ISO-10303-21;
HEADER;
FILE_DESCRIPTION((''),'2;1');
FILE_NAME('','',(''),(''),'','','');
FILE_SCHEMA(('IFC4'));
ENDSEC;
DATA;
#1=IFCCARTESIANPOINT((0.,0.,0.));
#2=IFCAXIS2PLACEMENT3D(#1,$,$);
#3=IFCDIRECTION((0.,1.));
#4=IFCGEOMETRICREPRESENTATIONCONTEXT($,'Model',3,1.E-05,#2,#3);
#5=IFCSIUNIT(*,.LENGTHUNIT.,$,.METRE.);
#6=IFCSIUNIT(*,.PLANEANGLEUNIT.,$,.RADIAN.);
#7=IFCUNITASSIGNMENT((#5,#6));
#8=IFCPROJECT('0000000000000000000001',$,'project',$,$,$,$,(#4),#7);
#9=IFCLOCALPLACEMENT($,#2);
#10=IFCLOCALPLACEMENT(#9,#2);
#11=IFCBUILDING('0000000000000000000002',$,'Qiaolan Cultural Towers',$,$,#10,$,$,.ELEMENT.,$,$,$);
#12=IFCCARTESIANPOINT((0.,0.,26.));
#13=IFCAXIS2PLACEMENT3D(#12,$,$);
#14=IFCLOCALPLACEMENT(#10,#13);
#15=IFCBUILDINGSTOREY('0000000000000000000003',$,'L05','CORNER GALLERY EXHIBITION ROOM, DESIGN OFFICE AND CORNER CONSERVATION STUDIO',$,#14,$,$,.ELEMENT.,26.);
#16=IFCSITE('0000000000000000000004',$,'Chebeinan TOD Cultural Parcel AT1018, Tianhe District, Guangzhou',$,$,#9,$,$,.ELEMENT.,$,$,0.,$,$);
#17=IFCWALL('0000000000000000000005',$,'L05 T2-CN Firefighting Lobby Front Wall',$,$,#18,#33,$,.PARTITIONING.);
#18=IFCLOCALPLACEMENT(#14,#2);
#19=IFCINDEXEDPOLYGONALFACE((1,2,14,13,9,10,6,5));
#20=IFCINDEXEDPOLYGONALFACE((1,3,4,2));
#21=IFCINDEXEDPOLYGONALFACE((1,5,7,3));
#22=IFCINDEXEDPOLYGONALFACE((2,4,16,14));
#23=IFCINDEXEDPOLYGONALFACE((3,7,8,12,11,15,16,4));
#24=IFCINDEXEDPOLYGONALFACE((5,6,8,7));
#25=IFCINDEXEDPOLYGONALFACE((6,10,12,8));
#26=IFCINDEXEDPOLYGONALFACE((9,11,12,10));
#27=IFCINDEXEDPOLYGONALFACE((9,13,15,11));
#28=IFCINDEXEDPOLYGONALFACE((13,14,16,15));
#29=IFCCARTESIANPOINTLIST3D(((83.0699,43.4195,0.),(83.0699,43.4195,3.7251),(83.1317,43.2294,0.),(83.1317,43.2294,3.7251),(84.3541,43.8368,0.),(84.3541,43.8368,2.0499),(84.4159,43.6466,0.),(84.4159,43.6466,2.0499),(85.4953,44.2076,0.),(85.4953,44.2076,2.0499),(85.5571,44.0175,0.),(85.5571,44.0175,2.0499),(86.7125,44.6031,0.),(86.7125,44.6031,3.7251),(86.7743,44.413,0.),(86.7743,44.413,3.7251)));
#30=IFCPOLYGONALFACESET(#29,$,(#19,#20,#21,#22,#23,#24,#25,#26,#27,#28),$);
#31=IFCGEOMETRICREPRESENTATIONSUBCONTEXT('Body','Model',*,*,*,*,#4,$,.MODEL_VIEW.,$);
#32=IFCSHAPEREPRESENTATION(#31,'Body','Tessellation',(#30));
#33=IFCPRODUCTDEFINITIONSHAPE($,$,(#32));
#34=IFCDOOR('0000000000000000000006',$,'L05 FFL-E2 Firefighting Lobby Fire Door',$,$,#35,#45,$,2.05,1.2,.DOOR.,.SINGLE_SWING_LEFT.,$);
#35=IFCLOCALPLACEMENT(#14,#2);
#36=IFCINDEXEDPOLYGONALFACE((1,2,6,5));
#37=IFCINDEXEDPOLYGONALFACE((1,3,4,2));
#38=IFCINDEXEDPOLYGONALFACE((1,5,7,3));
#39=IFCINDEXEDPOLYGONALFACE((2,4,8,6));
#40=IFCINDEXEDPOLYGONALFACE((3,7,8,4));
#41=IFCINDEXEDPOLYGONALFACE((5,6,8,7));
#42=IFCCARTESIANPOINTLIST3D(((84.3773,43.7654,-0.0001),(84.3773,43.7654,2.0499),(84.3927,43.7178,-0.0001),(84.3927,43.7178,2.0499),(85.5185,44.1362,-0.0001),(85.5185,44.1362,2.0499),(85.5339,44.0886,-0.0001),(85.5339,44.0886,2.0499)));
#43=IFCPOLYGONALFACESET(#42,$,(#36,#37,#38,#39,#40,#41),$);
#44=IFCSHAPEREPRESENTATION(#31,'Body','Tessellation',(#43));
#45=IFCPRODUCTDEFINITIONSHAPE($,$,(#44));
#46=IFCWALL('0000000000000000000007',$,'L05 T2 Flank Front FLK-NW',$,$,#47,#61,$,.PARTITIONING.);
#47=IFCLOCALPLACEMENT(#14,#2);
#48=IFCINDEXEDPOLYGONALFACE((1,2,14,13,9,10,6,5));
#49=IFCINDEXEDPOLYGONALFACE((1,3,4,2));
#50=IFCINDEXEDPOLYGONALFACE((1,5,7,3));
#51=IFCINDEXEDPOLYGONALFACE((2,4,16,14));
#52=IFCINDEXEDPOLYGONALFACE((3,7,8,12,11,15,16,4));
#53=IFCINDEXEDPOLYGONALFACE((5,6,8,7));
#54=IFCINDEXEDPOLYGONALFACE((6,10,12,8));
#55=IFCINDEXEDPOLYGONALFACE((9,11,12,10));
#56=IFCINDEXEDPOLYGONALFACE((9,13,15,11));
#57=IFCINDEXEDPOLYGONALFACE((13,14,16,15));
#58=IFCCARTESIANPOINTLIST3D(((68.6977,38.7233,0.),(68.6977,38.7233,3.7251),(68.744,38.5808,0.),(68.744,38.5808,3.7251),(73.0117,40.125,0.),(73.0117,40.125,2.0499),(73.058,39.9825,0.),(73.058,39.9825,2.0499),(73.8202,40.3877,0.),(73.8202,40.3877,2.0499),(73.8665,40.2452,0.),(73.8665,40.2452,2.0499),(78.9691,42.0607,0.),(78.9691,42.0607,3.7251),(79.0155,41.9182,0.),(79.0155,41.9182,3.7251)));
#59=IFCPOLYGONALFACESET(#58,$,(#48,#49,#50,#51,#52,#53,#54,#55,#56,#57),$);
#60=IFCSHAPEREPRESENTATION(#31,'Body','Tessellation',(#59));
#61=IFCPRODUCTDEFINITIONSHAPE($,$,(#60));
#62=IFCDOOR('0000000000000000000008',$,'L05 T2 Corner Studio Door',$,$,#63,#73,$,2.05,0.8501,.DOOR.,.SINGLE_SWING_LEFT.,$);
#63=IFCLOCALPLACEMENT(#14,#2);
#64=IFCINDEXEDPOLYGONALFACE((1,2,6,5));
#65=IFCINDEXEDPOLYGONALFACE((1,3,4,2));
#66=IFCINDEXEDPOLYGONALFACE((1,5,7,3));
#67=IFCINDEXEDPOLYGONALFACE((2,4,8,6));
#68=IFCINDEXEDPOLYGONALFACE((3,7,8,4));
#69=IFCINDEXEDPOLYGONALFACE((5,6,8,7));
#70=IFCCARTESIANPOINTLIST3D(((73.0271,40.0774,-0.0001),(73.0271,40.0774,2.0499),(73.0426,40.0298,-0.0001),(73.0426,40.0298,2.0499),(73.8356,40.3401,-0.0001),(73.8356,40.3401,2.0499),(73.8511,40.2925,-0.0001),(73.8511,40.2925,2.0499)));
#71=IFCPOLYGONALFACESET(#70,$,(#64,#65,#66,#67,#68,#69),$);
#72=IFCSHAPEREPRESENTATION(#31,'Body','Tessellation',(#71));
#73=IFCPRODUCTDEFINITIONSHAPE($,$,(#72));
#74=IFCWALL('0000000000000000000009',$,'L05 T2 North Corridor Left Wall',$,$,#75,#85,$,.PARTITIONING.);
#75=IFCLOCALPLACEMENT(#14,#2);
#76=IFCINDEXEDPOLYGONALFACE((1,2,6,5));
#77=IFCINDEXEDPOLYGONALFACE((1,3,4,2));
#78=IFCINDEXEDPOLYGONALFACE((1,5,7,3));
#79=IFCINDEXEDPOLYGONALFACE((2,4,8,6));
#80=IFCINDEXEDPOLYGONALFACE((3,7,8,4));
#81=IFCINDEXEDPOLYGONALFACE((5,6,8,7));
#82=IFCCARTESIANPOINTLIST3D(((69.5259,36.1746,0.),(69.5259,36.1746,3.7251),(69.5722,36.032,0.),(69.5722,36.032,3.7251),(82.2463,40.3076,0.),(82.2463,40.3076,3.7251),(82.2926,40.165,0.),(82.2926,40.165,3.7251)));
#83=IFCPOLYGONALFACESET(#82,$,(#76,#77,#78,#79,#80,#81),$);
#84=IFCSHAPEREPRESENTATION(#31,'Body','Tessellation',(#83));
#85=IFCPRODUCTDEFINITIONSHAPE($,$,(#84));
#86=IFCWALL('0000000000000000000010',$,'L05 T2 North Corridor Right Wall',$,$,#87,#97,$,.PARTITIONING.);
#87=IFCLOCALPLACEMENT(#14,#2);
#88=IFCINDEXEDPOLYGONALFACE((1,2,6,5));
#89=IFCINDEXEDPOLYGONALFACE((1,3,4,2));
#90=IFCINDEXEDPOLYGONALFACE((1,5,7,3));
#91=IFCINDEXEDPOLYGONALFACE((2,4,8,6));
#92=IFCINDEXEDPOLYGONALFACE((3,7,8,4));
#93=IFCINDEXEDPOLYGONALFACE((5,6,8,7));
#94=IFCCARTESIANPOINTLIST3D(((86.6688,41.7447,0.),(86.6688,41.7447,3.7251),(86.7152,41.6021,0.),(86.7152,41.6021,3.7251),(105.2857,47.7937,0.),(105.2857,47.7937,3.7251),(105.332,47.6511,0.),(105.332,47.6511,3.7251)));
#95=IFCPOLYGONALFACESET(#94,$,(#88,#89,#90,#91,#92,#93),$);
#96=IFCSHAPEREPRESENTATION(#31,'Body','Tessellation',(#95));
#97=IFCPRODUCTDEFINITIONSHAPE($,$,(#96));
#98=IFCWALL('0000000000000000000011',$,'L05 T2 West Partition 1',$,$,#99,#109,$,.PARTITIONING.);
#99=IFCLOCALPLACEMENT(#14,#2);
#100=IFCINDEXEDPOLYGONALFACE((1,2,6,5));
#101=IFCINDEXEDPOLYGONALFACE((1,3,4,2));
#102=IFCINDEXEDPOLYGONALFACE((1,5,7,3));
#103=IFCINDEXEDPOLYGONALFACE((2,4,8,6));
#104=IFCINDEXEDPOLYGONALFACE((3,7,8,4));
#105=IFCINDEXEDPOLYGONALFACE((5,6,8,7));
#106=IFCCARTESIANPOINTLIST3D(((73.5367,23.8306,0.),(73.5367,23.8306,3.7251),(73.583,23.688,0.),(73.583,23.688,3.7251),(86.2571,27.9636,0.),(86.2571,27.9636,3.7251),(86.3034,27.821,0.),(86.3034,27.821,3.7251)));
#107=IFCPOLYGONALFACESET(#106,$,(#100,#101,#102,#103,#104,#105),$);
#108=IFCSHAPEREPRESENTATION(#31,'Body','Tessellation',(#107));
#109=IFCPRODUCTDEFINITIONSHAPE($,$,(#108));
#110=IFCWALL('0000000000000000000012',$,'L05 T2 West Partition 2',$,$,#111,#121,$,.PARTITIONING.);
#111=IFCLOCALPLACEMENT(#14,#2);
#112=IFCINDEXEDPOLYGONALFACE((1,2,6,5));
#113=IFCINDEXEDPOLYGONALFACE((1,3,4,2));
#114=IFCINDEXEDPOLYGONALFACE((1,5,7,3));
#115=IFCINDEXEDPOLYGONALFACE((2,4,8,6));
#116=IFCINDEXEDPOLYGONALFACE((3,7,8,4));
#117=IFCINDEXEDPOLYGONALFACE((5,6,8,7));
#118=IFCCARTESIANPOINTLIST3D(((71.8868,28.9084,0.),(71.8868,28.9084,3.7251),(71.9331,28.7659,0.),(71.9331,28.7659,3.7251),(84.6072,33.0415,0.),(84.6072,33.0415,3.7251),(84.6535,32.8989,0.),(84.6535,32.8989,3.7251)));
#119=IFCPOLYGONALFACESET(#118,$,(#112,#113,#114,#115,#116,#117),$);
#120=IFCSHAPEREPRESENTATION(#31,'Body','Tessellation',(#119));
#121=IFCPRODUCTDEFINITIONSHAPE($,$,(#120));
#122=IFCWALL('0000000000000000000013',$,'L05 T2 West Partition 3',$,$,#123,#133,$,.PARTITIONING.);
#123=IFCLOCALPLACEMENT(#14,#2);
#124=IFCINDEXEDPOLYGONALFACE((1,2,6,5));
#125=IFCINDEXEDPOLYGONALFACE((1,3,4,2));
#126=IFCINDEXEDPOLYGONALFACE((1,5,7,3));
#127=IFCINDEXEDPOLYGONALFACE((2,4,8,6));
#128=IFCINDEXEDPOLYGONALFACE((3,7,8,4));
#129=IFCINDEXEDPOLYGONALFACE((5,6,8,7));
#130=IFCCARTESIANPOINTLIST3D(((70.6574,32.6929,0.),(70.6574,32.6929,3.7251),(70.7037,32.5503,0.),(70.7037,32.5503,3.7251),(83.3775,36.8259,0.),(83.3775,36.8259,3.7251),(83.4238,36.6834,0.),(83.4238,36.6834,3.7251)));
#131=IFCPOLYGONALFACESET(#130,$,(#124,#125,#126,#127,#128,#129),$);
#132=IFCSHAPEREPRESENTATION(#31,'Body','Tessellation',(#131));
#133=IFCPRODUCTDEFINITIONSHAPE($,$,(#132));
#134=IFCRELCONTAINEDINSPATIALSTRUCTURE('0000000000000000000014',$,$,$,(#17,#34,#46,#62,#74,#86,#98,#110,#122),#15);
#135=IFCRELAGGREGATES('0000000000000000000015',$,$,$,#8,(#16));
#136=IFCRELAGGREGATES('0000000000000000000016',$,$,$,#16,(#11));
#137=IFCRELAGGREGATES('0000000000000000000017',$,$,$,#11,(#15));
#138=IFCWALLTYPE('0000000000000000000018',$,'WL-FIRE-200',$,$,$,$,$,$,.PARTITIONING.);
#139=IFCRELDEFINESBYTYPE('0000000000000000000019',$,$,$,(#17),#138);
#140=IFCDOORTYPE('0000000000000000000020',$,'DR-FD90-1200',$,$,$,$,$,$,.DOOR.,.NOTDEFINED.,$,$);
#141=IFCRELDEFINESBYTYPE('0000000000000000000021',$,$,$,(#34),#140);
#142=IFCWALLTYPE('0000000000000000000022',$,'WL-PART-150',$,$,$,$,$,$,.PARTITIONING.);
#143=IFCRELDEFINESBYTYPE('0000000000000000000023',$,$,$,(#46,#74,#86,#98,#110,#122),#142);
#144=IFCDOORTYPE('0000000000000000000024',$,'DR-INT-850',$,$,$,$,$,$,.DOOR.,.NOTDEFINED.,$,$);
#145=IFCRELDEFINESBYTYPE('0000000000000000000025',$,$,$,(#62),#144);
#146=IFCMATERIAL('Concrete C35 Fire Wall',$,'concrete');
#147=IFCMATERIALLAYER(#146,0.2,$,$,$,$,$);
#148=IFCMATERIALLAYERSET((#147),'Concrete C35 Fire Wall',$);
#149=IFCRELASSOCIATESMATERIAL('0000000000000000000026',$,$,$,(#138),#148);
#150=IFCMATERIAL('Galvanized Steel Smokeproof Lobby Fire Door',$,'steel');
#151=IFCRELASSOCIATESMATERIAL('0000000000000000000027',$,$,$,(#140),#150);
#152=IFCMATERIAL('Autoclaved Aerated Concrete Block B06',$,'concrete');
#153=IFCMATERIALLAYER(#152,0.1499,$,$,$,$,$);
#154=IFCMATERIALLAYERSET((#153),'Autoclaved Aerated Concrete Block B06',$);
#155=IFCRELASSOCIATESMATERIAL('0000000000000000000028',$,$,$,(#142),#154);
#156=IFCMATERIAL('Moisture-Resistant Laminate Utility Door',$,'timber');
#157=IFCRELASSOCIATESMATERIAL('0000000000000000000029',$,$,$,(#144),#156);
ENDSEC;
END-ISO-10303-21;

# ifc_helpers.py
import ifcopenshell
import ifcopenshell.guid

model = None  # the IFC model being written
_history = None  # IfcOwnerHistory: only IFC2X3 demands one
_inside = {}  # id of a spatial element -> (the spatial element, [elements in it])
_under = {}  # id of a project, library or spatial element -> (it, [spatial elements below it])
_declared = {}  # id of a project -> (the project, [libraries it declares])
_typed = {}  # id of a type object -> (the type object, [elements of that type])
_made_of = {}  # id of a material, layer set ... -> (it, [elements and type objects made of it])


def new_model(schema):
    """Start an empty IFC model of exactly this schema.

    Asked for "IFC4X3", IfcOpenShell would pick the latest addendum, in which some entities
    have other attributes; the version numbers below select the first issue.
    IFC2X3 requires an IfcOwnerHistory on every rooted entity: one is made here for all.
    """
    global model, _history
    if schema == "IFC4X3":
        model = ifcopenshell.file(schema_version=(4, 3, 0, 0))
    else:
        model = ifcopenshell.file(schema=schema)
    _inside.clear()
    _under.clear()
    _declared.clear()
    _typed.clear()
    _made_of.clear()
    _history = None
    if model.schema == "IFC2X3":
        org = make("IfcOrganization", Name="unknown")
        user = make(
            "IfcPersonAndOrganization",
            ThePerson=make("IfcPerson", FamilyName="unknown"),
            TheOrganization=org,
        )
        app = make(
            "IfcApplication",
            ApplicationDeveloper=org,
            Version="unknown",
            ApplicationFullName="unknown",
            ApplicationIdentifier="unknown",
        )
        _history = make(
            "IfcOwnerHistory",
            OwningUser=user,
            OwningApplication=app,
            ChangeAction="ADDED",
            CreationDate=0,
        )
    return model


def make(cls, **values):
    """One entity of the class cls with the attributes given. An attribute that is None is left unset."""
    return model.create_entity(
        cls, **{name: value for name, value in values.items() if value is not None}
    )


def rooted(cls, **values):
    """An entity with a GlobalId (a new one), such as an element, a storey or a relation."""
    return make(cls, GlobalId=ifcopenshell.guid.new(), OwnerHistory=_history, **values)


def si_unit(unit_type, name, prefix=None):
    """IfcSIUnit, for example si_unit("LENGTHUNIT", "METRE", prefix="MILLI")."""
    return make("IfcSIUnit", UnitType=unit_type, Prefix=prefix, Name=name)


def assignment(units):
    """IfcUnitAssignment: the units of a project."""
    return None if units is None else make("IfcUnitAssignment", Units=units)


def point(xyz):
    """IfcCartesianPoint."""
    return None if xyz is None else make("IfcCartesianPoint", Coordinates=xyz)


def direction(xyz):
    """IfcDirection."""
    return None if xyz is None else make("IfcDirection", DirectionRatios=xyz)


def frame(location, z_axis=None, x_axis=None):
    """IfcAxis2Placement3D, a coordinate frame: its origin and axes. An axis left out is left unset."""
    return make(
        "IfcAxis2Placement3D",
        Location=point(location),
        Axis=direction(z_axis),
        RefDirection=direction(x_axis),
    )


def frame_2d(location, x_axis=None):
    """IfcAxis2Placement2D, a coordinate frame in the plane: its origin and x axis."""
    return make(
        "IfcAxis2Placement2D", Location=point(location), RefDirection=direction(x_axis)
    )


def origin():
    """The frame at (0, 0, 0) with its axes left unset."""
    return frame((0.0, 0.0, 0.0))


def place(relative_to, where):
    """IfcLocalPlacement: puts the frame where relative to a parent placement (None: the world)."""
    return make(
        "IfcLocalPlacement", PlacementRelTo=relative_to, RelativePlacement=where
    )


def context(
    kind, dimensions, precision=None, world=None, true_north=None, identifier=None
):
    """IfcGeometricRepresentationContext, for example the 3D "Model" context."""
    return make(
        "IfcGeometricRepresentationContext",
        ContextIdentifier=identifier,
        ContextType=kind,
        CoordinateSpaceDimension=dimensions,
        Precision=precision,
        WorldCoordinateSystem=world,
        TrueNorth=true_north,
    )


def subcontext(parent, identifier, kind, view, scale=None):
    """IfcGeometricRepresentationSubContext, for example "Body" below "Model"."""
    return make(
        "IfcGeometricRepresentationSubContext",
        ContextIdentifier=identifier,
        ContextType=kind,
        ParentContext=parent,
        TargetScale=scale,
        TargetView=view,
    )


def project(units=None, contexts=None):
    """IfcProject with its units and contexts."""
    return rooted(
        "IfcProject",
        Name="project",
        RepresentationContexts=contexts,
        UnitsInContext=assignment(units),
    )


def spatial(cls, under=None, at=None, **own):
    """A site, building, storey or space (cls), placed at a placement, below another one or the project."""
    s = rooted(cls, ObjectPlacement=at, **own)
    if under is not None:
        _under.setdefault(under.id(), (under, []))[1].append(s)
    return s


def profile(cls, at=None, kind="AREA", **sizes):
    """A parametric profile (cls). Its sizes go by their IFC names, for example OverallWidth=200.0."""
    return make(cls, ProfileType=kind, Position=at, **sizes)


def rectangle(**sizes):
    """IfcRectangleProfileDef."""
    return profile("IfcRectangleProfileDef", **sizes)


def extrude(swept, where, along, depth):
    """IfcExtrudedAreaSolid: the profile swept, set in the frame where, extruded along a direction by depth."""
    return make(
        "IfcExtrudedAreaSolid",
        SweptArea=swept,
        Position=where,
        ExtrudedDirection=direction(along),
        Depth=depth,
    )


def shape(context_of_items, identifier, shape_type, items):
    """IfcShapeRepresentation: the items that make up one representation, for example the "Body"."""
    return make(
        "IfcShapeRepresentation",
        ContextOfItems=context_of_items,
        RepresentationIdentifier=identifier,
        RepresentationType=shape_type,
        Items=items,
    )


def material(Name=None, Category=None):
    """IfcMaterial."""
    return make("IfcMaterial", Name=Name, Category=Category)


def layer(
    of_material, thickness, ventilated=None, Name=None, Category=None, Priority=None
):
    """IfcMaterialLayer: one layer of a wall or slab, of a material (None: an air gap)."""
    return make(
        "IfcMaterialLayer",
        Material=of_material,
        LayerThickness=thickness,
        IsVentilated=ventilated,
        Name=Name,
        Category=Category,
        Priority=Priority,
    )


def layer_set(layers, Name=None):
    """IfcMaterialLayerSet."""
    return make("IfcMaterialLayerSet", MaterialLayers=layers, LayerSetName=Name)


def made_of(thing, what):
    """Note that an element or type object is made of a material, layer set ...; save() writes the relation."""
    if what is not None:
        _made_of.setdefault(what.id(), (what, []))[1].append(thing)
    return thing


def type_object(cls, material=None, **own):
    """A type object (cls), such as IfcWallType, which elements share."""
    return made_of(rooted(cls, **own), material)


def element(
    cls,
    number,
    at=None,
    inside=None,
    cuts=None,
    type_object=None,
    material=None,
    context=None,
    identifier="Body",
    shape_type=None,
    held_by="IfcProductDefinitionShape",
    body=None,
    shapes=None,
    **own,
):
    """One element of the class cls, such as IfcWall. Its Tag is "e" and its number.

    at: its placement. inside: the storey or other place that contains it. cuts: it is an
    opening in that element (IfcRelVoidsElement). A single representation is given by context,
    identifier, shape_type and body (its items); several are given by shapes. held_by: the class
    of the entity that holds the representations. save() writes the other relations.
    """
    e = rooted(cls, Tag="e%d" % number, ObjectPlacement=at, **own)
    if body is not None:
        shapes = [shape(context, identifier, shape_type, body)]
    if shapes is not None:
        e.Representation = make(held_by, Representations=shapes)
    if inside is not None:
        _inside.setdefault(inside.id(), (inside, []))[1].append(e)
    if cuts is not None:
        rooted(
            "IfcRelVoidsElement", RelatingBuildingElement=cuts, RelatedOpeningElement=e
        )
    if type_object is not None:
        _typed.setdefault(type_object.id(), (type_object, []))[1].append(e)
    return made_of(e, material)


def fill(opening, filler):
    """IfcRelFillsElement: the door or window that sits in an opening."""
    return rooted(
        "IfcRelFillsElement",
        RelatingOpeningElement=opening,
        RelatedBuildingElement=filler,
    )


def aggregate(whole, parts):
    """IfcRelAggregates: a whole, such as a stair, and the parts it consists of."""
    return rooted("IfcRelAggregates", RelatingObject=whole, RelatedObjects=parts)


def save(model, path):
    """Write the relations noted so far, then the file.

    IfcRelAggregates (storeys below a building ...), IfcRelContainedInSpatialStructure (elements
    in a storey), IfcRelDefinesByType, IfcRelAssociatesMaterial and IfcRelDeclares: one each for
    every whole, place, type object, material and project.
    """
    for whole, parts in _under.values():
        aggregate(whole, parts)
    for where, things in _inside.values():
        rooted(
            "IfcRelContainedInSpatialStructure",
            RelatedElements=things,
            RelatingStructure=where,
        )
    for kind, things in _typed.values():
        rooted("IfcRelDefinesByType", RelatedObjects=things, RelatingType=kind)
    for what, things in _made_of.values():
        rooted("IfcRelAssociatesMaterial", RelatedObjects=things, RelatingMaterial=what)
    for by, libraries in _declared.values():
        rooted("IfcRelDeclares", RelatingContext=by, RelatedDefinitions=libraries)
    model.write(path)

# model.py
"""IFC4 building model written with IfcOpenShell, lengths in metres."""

from ifc_helpers import new_model, si_unit, direction, frame, frame_2d, origin, place, context, subcontext, project, spatial, rectangle, extrude, material, layer, layer_set, type_object, element, fill, save


model = new_model("IFC4")

# Units and contexts
model_context = context("Model", 3, precision=1e-05, world=origin(), true_north=direction((0.0, 1.0)))
body_context = subcontext(model_context, "Body", "Model", "MODEL_VIEW")
ifc_project = project(units=[si_unit("LENGTHUNIT", "METRE"), si_unit("PLANEANGLEUNIT", "RADIAN")], contexts=[model_context])

# Site, building, storey
site_placement = place(None, origin())
site = spatial("IfcSite", under=ifc_project, at=site_placement, Name="Chebeinan TOD Cultural Parcel AT1018, Tianhe District, Guangzhou", CompositionType="ELEMENT", RefElevation=0.0)
building_placement = place(site_placement, origin())
building = spatial("IfcBuilding", under=site, at=building_placement, Name="Qiaolan Cultural Towers", CompositionType="ELEMENT")
storey_placement = place(building_placement, frame((0.0, 0.0, 26.0)))
storey = spatial("IfcBuildingStorey", under=building, at=storey_placement, Name="L05", Description="CORNER GALLERY EXHIBITION ROOM, DESIGN OFFICE AND CORNER CONSERVATION STUDIO", CompositionType="ELEMENT", Elevation=26.0)

# Walls, openings, doors
ifc_material_1 = material(Name="Concrete C35 Fire Wall", Category="concrete")
ifc_layer_1 = layer(ifc_material_1, 0.2)
ifc_layer_set_1 = layer_set([ifc_layer_1], Name="Concrete C35 Fire Wall")
wall_type_1 = type_object("IfcWallType", Name="WL-FIRE-200", PredefinedType="PARTITIONING", material=ifc_layer_set_1)
wall_1_placement = place(storey_placement, frame((83.1008, 43.3245, 0.0), z_axis=(0.0, 0.0, 1.0), x_axis=(0.951053, 0.309028, 0.0)))
wall_1 = element("IfcWall", 1, at=wall_1_placement, inside=storey, type_object=wall_type_1, Name="L05 T2-CN Firefighting Lobby Front Wall", PredefinedType="PARTITIONING", context=body_context, shape_type="SweptSolid", body=[
    extrude(rectangle(XDim=3.8301, YDim=0.2, at=frame_2d((1.915, 0.0))), origin(), (0.0, 0.0, 1.0), 3.7251),
])
opening_1_placement = place(wall_1_placement, frame((1.3501, 0.0, 0.0)))
opening_1 = element("IfcOpeningElement", 2, at=opening_1_placement, cuts=wall_1, PredefinedType="OPENING", context=body_context, shape_type="SweptSolid", body=[
    extrude(rectangle(XDim=1.2, YDim=2.05, at=frame_2d((0.6001, 1.0249))), frame((0.0, 0.1099, 0.0), z_axis=(0.0, -1.0, 0.0), x_axis=(1.0, 0.0, 0.0)), (0.0, 0.0, 1.0), 0.22),
])
ifc_material_2 = material(Name="Galvanized Steel Smokeproof Lobby Fire Door", Category="steel")
door_type_1 = type_object("IfcDoorType", Name="DR-FD90-1200", OperationType="NOTDEFINED", PredefinedType="DOOR", material=ifc_material_2)
door_1_placement = place(opening_1_placement, origin())
door_1 = element("IfcDoor", 3, at=door_1_placement, inside=storey, type_object=door_type_1, Name="L05 FFL-E2 Firefighting Lobby Fire Door", OperationType="SINGLE_SWING_LEFT", OverallHeight=2.05, OverallWidth=1.2, PredefinedType="DOOR", context=body_context, shape_type="SweptSolid", body=[
    extrude(rectangle(XDim=1.2, YDim=2.05, at=frame_2d((0.6001, 1.0249))), frame((0.0, 0.0249, 0.0), z_axis=(0.0, -1.0, 0.0), x_axis=(1.0, 0.0, 0.0)), (0.0, 0.0, 1.0), 0.05),
])
fill(opening_1, door_1)
ifc_material_3 = material(Name="Autoclaved Aerated Concrete Block B06", Category="concrete")
ifc_layer_2 = layer(ifc_material_3, 0.1499)
ifc_layer_set_2 = layer_set([ifc_layer_2], Name="Autoclaved Aerated Concrete Block B06")
wall_type_2 = type_object("IfcWallType", Name="WL-PART-150", PredefinedType="PARTITIONING", material=ifc_layer_set_2)
wall_2_placement = place(storey_placement, frame((68.7209, 38.6521, 0.0), z_axis=(0.0, 0.0, 1.0), x_axis=(0.951057, 0.309017, 0.0)))
wall_2 = element("IfcWall", 4, at=wall_2_placement, inside=storey, type_object=wall_type_2, Name="L05 T2 Flank Front FLK-NW", PredefinedType="PARTITIONING", context=body_context, shape_type="SweptSolid", body=[
    extrude(rectangle(XDim=10.8, YDim=0.1499, at=frame_2d((5.3999, 0.0))), origin(), (0.0, 0.0, 1.0), 3.7251),
])
opening_2_placement = place(wall_2_placement, frame((4.5359, 0.0, 0.0)))
opening_2 = element("IfcOpeningElement", 5, at=opening_2_placement, cuts=wall_2, PredefinedType="OPENING", context=body_context, shape_type="SweptSolid", body=[
    extrude(rectangle(XDim=0.8501, YDim=2.05, at=frame_2d((0.425, 1.0249))), frame((0.0, 0.085, 0.0), z_axis=(0.0, -1.0, 0.0), x_axis=(1.0, 0.0, 0.0)), (0.0, 0.0, 1.0), 0.1699),
])
ifc_material_4 = material(Name="Moisture-Resistant Laminate Utility Door", Category="timber")
door_type_2 = type_object("IfcDoorType", Name="DR-INT-850", OperationType="NOTDEFINED", PredefinedType="DOOR", material=ifc_material_4)
door_2_placement = place(opening_2_placement, origin())
door_2 = element("IfcDoor", 6, at=door_2_placement, inside=storey, type_object=door_type_2, Name="L05 T2 Corner Studio Door", OperationType="SINGLE_SWING_LEFT", OverallHeight=2.05, OverallWidth=0.8501, PredefinedType="DOOR", context=body_context, shape_type="SweptSolid", body=[
    extrude(rectangle(XDim=0.8501, YDim=2.05, at=frame_2d((0.425, 1.0249))), frame((0.0, 0.0249, 0.0), z_axis=(0.0, -1.0, 0.0), x_axis=(1.0, 0.0, 0.0)), (0.0, 0.0, 1.0), 0.05),
])
fill(opening_2, door_2)

# Walls
wall_3_placement = place(storey_placement, frame((69.5491, 36.1033, 0.0), z_axis=(0.0, 0.0, 1.0), x_axis=(0.951058, 0.309012, 0.0)))
element("IfcWall", 7, at=wall_3_placement, inside=storey, type_object=wall_type_2, Name="L05 T2 North Corridor Left Wall", PredefinedType="PARTITIONING", context=body_context, shape_type="SweptSolid", body=[
    extrude(rectangle(XDim=13.375, YDim=0.1499, at=frame_2d((6.6875, 0.0))), origin(), (0.0, 0.0, 1.0), 3.7251),
])
wall_4_placement = place(storey_placement, frame((86.6919, 41.6733, 0.0), z_axis=(0.0, 0.0, 1.0), x_axis=(0.951056, 0.30902, 0.0)))
element("IfcWall", 8, at=wall_4_placement, inside=storey, type_object=wall_type_2, Name="L05 T2 North Corridor Right Wall", PredefinedType="PARTITIONING", context=body_context, shape_type="SweptSolid", body=[
    extrude(rectangle(XDim=19.575, YDim=0.1499, at=frame_2d((9.7876, 0.0))), origin(), (0.0, 0.0, 1.0), 3.7251),
])
for number, where, z_axis, x_axis, name in (
    (9, (73.5598, 23.7593, 0.0), (0.0, 0.0, 1.0), (0.951058, 0.309012, 0.0), "L05 T2 West Partition 1"),
    (10, (71.9099, 28.8372, 0.0), (0.0, 0.0, 1.0), (0.951058, 0.309012, 0.0), "L05 T2 West Partition 2"),
):
    element("IfcWall", number, at=place(storey_placement, frame(where, z_axis=z_axis, x_axis=x_axis)), inside=storey, type_object=wall_type_2, Name=name, PredefinedType="PARTITIONING", context=body_context, shape_type="SweptSolid", body=[
        extrude(rectangle(XDim=13.375, YDim=0.1499, at=frame_2d((6.6875, 0.0))), origin(), (0.0, 0.0, 1.0), 3.7251),
    ])
wall_5_placement = place(storey_placement, frame((70.6804, 32.6216, 0.0), z_axis=(0.0, 0.0, 1.0), x_axis=(0.951056, 0.309018, 0.0)))
element("IfcWall", 11, at=wall_5_placement, inside=storey, type_object=wall_type_2, Name="L05 T2 West Partition 3", PredefinedType="PARTITIONING", context=body_context, shape_type="SweptSolid", body=[
    extrude(rectangle(XDim=13.3748, YDim=0.1499, at=frame_2d((6.6875, 0.0))), origin(), (0.0, 0.0, 1.0), 3.7251),
])

save(model, "model.ifc")
